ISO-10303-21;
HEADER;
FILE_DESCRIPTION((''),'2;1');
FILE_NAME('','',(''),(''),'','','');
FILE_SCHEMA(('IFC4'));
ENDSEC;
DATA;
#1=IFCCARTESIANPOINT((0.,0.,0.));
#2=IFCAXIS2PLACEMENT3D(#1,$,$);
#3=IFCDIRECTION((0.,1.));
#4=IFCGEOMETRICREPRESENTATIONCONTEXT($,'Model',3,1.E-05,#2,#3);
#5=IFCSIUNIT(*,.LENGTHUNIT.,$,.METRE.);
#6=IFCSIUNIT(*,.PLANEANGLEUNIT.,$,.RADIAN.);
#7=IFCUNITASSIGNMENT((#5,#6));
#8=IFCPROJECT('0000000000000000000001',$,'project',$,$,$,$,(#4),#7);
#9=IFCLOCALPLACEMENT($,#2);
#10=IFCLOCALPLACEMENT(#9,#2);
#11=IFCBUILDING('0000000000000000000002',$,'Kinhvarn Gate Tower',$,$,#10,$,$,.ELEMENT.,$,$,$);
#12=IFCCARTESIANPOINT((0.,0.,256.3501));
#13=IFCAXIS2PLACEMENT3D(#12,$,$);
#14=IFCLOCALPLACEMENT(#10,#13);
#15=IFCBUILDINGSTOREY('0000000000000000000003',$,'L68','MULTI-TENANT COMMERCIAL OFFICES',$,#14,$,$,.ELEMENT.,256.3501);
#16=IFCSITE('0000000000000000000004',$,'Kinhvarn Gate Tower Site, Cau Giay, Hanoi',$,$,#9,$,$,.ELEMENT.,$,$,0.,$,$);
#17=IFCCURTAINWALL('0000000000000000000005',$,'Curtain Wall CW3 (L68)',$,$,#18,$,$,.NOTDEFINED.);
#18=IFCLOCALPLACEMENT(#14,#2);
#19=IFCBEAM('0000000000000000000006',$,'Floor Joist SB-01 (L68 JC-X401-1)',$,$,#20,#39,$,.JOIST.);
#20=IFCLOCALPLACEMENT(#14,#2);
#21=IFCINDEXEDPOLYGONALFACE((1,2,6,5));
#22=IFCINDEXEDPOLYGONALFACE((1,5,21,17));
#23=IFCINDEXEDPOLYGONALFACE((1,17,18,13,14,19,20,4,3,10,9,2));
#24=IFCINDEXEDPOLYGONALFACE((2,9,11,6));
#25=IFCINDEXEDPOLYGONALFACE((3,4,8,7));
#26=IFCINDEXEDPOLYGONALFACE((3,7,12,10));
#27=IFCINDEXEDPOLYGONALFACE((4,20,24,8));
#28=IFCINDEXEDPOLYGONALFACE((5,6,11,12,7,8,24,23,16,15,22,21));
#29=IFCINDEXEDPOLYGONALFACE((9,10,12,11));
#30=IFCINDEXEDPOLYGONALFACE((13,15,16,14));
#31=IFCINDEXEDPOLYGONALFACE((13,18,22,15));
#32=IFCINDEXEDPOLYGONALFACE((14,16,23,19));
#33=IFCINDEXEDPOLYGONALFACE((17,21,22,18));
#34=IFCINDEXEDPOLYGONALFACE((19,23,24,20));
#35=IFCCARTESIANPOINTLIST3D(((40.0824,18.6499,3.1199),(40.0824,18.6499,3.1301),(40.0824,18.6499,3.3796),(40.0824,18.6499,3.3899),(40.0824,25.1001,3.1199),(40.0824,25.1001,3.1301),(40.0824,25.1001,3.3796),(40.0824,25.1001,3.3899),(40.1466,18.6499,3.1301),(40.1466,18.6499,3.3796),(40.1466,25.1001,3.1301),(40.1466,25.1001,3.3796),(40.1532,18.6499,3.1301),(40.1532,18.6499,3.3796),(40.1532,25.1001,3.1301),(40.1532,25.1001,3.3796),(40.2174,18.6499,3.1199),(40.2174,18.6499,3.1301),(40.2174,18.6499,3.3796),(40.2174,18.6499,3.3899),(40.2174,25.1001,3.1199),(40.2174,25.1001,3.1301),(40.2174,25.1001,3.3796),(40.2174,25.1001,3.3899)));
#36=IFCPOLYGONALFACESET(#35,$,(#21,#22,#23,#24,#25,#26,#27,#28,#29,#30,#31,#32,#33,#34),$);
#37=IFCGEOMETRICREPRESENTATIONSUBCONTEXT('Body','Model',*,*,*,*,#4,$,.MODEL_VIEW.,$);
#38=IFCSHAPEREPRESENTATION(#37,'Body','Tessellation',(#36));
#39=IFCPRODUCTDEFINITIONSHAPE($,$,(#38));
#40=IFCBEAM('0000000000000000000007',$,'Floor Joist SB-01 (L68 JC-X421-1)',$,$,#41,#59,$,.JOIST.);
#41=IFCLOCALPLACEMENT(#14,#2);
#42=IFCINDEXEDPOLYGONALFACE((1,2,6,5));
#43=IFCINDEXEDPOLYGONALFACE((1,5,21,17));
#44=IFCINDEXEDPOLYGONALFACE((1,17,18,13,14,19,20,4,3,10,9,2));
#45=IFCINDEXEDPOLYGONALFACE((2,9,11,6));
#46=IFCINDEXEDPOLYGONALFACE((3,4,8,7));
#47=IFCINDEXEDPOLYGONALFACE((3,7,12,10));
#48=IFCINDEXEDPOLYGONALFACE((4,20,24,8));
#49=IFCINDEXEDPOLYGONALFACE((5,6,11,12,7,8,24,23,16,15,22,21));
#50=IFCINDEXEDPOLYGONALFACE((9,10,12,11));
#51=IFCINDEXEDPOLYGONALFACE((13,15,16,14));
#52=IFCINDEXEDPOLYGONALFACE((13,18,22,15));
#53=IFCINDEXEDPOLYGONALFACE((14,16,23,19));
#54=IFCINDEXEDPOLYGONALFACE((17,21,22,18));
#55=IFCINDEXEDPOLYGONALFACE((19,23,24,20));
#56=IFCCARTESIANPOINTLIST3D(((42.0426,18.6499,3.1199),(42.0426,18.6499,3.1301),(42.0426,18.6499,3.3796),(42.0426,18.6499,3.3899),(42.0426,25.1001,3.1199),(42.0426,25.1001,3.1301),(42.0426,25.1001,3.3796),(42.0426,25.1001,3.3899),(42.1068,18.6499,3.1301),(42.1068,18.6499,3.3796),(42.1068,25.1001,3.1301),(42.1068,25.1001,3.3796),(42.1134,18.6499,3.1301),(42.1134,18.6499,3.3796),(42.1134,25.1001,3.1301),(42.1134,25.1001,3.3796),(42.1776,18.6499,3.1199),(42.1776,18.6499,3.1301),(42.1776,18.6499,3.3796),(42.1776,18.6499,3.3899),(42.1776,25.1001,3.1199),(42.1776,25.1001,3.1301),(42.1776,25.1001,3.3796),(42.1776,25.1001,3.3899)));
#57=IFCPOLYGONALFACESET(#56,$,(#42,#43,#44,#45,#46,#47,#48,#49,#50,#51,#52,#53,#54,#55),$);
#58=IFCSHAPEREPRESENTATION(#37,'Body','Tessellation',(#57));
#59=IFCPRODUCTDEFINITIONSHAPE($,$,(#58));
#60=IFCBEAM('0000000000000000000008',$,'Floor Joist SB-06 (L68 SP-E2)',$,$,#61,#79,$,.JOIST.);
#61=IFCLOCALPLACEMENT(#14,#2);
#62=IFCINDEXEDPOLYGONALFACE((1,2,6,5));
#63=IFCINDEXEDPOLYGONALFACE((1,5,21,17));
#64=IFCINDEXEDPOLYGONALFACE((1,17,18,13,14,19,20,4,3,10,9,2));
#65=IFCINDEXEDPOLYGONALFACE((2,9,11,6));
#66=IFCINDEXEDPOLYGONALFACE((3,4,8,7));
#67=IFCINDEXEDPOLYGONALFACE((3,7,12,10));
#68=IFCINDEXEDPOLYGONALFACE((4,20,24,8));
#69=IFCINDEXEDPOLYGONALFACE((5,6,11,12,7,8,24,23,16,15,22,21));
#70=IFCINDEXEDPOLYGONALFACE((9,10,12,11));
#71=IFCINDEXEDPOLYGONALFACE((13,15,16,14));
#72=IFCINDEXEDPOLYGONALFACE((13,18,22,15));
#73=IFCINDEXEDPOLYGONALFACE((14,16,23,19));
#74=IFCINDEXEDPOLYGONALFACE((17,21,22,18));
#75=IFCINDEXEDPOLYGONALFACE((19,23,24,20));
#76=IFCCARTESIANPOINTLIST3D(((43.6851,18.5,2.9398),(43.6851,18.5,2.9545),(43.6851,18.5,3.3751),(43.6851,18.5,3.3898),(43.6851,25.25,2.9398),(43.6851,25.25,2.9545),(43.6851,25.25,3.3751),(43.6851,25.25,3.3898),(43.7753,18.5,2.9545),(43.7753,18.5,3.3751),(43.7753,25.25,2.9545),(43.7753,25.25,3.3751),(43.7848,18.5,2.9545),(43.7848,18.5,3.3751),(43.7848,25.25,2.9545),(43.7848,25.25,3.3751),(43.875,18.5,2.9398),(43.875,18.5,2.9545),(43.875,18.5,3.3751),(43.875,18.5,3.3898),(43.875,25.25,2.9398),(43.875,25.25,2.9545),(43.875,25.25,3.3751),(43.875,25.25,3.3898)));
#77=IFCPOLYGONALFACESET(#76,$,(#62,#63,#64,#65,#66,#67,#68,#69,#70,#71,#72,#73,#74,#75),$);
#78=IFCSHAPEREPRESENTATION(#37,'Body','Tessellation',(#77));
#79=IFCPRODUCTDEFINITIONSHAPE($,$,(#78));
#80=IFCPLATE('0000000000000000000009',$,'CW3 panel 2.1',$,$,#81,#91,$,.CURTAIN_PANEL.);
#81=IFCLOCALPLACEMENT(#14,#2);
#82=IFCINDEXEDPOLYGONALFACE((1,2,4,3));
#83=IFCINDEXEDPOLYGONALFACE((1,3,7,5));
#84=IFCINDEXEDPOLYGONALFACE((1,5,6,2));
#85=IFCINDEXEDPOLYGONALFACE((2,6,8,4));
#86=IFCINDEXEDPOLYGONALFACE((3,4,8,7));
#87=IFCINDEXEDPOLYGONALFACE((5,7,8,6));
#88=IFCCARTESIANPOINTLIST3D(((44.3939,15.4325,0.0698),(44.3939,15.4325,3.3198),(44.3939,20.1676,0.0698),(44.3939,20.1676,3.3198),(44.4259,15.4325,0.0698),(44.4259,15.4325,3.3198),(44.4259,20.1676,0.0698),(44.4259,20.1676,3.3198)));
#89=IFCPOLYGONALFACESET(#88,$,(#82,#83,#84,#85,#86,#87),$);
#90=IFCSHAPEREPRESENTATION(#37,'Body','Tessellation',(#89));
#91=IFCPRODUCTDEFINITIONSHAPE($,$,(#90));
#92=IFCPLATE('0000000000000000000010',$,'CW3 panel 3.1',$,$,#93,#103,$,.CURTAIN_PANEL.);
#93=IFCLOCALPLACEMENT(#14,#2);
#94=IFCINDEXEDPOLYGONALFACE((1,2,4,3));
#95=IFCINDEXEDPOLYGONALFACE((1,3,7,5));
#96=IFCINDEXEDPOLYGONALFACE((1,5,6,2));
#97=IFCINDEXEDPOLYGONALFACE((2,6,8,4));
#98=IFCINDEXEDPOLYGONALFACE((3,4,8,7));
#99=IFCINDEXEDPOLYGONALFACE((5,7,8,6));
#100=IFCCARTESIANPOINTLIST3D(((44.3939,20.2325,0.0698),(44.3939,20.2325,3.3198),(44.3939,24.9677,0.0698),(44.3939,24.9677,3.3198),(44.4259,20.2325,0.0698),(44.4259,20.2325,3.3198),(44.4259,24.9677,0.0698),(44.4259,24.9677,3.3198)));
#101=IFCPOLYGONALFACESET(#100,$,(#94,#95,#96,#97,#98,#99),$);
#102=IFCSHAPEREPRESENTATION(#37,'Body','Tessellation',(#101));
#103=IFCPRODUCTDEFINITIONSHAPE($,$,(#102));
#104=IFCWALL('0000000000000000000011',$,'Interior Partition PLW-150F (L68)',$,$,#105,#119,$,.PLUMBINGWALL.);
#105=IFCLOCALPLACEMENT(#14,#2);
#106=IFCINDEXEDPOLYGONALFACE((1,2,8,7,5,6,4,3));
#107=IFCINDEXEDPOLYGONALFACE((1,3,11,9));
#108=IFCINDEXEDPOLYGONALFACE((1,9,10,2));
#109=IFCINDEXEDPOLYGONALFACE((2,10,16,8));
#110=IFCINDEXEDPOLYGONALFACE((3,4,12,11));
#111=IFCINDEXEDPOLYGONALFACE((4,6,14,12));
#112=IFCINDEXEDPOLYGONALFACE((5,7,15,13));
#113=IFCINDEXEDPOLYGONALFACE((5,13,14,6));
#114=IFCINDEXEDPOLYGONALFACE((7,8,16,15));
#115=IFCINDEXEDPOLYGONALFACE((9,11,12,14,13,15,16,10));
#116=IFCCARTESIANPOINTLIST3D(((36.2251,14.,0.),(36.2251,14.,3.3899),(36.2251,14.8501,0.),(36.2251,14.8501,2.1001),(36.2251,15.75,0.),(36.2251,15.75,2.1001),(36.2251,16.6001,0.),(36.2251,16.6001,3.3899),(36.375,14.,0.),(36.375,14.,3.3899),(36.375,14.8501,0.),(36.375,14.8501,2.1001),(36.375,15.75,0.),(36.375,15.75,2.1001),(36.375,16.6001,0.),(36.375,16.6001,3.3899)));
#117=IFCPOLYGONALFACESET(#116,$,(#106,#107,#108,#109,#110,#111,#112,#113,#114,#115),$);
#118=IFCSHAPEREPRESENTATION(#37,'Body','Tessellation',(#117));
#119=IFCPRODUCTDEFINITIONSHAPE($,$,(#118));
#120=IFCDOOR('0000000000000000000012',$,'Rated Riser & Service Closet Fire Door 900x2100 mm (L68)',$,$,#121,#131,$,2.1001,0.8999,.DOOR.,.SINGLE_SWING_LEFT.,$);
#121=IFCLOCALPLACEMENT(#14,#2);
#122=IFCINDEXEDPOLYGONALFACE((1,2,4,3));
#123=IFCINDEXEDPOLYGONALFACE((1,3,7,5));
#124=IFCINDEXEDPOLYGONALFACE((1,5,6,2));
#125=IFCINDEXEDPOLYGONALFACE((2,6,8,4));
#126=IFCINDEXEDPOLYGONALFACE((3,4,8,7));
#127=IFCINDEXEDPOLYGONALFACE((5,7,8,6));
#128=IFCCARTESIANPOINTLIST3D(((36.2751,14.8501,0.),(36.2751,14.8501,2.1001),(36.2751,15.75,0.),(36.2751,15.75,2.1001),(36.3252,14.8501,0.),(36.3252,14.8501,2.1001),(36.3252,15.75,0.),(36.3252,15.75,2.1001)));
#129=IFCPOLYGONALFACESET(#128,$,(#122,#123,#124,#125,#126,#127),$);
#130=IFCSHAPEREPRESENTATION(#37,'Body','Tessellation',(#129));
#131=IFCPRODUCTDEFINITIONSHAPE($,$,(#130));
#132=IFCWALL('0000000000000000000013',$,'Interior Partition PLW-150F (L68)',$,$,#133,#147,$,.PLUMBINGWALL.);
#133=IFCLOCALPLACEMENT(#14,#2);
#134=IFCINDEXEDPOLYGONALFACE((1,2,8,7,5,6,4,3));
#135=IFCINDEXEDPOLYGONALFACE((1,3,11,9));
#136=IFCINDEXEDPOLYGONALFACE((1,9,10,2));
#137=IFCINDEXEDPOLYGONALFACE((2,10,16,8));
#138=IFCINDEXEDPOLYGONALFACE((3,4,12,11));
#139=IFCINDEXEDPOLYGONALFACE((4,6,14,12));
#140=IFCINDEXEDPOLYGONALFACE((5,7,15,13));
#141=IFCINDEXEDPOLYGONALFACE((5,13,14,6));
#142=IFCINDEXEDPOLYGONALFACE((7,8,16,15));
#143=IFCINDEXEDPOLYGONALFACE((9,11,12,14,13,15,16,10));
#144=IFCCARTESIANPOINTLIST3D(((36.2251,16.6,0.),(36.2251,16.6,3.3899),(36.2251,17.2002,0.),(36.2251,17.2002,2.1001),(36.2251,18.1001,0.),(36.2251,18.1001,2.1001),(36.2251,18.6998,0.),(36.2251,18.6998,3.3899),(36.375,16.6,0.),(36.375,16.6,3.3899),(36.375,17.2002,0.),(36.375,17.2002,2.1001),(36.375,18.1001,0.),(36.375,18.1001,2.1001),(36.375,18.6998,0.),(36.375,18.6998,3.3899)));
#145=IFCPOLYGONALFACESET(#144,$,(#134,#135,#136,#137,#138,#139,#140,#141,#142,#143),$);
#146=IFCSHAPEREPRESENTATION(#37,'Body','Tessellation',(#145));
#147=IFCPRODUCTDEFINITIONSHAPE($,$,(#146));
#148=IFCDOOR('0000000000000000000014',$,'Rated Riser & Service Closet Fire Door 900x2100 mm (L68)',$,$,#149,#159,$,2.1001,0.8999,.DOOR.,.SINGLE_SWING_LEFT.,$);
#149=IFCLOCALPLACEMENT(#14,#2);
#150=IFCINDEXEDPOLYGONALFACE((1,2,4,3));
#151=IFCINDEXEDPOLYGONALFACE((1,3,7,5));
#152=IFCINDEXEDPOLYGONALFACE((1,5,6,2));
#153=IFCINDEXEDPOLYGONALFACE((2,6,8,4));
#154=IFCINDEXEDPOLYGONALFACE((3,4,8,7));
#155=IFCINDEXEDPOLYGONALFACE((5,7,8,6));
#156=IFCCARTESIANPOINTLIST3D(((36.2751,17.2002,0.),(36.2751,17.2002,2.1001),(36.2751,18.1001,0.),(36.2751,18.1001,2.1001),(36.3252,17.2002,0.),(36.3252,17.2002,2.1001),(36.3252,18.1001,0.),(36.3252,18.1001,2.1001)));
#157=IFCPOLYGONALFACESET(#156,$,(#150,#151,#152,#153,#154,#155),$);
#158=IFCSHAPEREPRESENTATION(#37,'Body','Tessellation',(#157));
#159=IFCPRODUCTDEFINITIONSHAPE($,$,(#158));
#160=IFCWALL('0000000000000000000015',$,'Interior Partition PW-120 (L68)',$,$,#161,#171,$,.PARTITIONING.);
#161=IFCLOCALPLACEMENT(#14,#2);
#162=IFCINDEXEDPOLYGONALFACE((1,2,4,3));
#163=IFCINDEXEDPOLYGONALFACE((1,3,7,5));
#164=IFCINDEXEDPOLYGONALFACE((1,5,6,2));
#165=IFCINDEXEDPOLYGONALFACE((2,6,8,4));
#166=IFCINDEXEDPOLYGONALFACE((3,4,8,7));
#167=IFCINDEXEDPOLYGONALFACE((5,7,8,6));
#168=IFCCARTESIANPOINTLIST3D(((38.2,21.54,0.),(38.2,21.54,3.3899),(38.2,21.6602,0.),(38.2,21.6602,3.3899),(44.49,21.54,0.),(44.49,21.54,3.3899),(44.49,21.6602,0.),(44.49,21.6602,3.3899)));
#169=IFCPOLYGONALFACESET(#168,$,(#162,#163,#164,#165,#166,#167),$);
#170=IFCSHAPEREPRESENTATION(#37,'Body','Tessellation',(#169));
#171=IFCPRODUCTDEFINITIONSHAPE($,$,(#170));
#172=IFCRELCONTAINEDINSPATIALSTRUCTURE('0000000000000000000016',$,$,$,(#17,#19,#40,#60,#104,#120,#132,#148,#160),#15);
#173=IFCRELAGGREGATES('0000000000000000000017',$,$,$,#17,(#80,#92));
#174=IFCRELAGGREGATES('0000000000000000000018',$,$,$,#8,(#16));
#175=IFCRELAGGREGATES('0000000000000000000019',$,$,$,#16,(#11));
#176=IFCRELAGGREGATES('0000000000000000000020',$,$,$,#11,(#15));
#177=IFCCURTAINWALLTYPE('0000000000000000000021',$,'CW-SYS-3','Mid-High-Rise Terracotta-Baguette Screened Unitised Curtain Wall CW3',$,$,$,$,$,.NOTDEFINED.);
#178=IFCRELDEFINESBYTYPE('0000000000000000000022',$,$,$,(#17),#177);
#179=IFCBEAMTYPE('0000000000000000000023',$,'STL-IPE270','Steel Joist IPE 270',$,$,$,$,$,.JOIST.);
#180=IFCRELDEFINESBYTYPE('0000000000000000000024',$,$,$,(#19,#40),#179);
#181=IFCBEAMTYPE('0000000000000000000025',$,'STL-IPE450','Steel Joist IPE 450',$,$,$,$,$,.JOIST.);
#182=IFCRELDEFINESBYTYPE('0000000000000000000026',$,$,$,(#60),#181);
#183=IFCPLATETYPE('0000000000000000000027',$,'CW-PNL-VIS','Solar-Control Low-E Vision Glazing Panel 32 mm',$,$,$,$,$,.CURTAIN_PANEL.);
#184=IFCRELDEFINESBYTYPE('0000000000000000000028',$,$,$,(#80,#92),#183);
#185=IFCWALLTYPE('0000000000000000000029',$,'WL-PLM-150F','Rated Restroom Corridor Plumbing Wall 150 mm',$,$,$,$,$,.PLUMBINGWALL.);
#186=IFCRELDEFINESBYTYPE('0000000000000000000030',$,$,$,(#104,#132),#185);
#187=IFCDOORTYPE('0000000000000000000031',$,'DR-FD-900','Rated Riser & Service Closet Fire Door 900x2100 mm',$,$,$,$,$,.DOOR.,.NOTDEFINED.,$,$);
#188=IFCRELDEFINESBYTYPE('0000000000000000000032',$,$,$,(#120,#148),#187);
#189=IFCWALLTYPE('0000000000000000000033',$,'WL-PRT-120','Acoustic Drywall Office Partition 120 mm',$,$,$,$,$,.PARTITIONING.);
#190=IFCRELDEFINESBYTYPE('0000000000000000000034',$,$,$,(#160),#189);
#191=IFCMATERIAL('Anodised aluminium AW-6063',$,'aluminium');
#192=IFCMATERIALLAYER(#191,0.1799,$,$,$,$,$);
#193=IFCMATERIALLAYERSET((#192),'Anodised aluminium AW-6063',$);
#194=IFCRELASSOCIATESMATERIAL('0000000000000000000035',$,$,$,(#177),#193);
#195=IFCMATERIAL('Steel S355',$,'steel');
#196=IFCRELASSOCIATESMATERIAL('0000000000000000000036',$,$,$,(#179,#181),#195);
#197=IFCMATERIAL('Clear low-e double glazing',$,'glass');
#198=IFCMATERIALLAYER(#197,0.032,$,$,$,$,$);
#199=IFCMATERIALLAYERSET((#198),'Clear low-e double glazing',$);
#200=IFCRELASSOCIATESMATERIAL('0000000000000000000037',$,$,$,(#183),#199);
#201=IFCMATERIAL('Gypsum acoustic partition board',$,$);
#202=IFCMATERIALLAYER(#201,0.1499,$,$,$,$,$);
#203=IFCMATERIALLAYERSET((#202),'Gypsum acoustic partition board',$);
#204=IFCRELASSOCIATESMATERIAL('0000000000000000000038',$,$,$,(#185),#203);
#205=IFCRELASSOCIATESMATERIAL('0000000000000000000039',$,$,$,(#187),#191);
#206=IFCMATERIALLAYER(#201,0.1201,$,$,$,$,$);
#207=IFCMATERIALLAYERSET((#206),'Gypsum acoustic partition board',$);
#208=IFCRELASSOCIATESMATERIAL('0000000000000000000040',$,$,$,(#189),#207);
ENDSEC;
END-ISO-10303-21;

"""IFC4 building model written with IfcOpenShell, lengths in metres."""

from ifc_helpers import new_model, si_unit, direction, frame, frame_2d, origin, origin_2d, place, context, subcontext, project, spatial, rectangle, i_section, extrude, material, layer, layer_set, material_profile, profile_set, type_object, element, fill, aggregate, save


model = new_model("IFC4")

# Units and contexts
model_context = context("Model", 3, precision=1e-05, world=origin(), true_north=direction((0.0, 1.0)))
body_context = subcontext(model_context, "Body", "Model", "MODEL_VIEW")
ifc_project = project(units=[si_unit("LENGTHUNIT", "METRE"), si_unit("PLANEANGLEUNIT", "RADIAN")], contexts=[model_context])

# Site, building, storey
site_placement = place(None, origin())
site = spatial("IfcSite", under=ifc_project, at=site_placement, Name="Kinhvarn Gate Tower Site, Cau Giay, Hanoi", CompositionType="ELEMENT", RefElevation=0.0)
building_placement = place(site_placement, origin())
building = spatial("IfcBuilding", under=site, at=building_placement, Name="Kinhvarn Gate Tower", CompositionType="ELEMENT")
storey_placement = place(building_placement, frame((0.0, 0.0, 256.3501)))
storey = spatial("IfcBuildingStorey", under=building, at=storey_placement, Name="L68", Description="MULTI-TENANT COMMERCIAL OFFICES", CompositionType="ELEMENT", Elevation=256.3501)

# Curtain wall
ifc_material_1 = material(Name="Anodised aluminium AW-6063", Category="aluminium")
ifc_layer_1 = layer(ifc_material_1, 0.1799)
ifc_layer_set_1 = layer_set([ifc_layer_1], Name="Anodised aluminium AW-6063")
curtain_wall_type = type_object("IfcCurtainWallType", Name="CW-SYS-3", Description="Mid-High-Rise Terracotta-Baguette Screened Unitised Curtain Wall CW3", PredefinedType="NOTDEFINED", material=ifc_layer_set_1)
curtain_wall_placement = place(storey_placement, origin())
curtain_wall = element("IfcCurtainWall", 1, at=curtain_wall_placement, inside=storey, type_object=curtain_wall_type, Name="Curtain Wall CW3 (L68)", PredefinedType="NOTDEFINED")

# Beams
ifc_material_2 = material(Name="Steel S355", Category="steel")
ifc_material_profile_1 = material_profile(ifc_material_2, i_section(OverallWidth=0.135, OverallDepth=0.27, WebThickness=0.0066, FlangeThickness=0.0103, at=origin_2d()), Name="IPE 270")
ifc_profile_set_1 = profile_set([ifc_material_profile_1], Name="Steel S355")
beam_type_1 = type_object("IfcBeamType", Name="STL-IPE270", Description="Steel Joist IPE 270", PredefinedType="JOIST", material=ifc_profile_set_1)
for number, where, z_axis, x_axis, name in (
    (2, (40.1499, 18.6499, 3.2549), (0.0, 1.0, 0.0), (-1.0, 0.0, 0.0), "Floor Joist SB-01 (L68 JC-X401-1)"),
    (3, (42.1101, 18.6499, 3.2549), (0.0, 1.0, 0.0), (-1.0, 0.0, 0.0), "Floor Joist SB-01 (L68 JC-X421-1)"),
):
    element("IfcBeam", number, at=place(storey_placement, frame(where, z_axis=z_axis, x_axis=x_axis)), inside=storey, type_object=beam_type_1, Name=name, PredefinedType="JOIST", context=body_context, shape_type="SweptSolid", body=[
        extrude(i_section(OverallWidth=0.135, OverallDepth=0.27, WebThickness=0.0066, FlangeThickness=0.0103, at=origin_2d()), origin(), (0.0, 0.0, 1.0), 6.4502),
    ])
ifc_material_profile_2 = material_profile(ifc_material_2, i_section(OverallWidth=0.1899, OverallDepth=0.45, WebThickness=0.0095, FlangeThickness=0.0146, at=origin_2d()), Name="IPE 450")
ifc_profile_set_2 = profile_set([ifc_material_profile_2], Name="Steel S355")
beam_type_2 = type_object("IfcBeamType", Name="STL-IPE450", Description="Steel Joist IPE 450", PredefinedType="JOIST", material=ifc_profile_set_2)
beam_1_placement = place(storey_placement, frame((43.78, 18.5, 3.1648), z_axis=(0.0, 1.0, 0.0), x_axis=(-1.0, 0.0, 0.0)))
element("IfcBeam", 4, at=beam_1_placement, inside=storey, type_object=beam_type_2, Name="Floor Joist SB-06 (L68 SP-E2)", PredefinedType="JOIST", context=body_context, shape_type="SweptSolid", body=[
    extrude(i_section(OverallWidth=0.1899, OverallDepth=0.45, WebThickness=0.0095, FlangeThickness=0.0146, at=origin_2d()), origin(), (0.0, 0.0, 1.0), 6.75),
])

# Plates
ifc_material_3 = material(Name="Clear low-e double glazing", Category="glass")
ifc_layer_2 = layer(ifc_material_3, 0.032)
ifc_layer_set_2 = layer_set([ifc_layer_2], Name="Clear low-e double glazing")
plate_type = type_object("IfcPlateType", Name="CW-PNL-VIS", Description="Solar-Control Low-E Vision Glazing Panel 32 mm", PredefinedType="CURTAIN_PANEL", material=ifc_layer_set_2)
plate_1_placement = place(storey_placement, frame((44.4099, 17.8, 0.0698), z_axis=(0.0, 0.0, 1.0), x_axis=(0.0, 1.0, 0.0)))
plate_1 = element("IfcPlate", 5, at=plate_1_placement, type_object=plate_type, Name="CW3 panel 2.1", PredefinedType="CURTAIN_PANEL", context=body_context, shape_type="SweptSolid", body=[
    extrude(rectangle(XDim=4.7351, YDim=0.032, at=origin_2d()), origin(), (0.0, 0.0, 1.0), 3.25),
])
plate_2_placement = place(storey_placement, frame((44.4099, 22.6001, 0.0698), z_axis=(0.0, 0.0, 1.0), x_axis=(0.0, 1.0, 0.0)))
plate_2 = element("IfcPlate", 6, at=plate_2_placement, type_object=plate_type, Name="CW3 panel 3.1", PredefinedType="CURTAIN_PANEL", context=body_context, shape_type="SweptSolid", body=[
    extrude(rectangle(XDim=4.7351, YDim=0.032, at=origin_2d()), origin(), (0.0, 0.0, 1.0), 3.25),
])
aggregate(curtain_wall, [plate_1, plate_2])

# Walls, openings, doors
ifc_material_4 = material(Name="Gypsum acoustic partition board")
ifc_layer_3 = layer(ifc_material_4, 0.1499)
ifc_layer_set_3 = layer_set([ifc_layer_3], Name="Gypsum acoustic partition board")
wall_type_1 = type_object("IfcWallType", Name="WL-PLM-150F", Description="Rated Restroom Corridor Plumbing Wall 150 mm", PredefinedType="PLUMBINGWALL", material=ifc_layer_set_3)
wall_1_placement = place(storey_placement, frame((36.3, 14.0, 0.0), z_axis=(0.0, 0.0, 1.0), x_axis=(0.0, 1.0, 0.0)))
wall_1 = element("IfcWall", 7, at=wall_1_placement, inside=storey, type_object=wall_type_1, Name="Interior Partition PLW-150F (L68)", PredefinedType="PLUMBINGWALL", context=body_context, shape_type="SweptSolid", body=[
    extrude(rectangle(XDim=2.6001, YDim=0.1499, at=frame_2d((1.3, 0.0))), origin(), (0.0, 0.0, 1.0), 3.3899),
])
opening_1_placement = place(wall_1_placement, frame((0.8501, 0.0, 0.0)))
opening_1 = element("IfcOpeningElement", 8, at=opening_1_placement, cuts=wall_1, PredefinedType="OPENING", context=body_context, shape_type="SweptSolid", body=[
    extrude(rectangle(XDim=0.8999, YDim=2.1001, at=frame_2d((0.45, 1.05))), frame((0.0, 0.085, 0.0), z_axis=(0.0, -1.0, 0.0), x_axis=(1.0, 0.0, 0.0)), (0.0, 0.0, 1.0), 0.1699),
])
door_type_1 = type_object("IfcDoorType", Name="DR-FD-900", Description="Rated Riser & Service Closet Fire Door 900x2100 mm", OperationType="NOTDEFINED", PredefinedType="DOOR", material=ifc_material_1)
door_1_placement = place(opening_1_placement, origin())
door_1 = element("IfcDoor", 9, at=door_1_placement, inside=storey, type_object=door_type_1, Name="Rated Riser & Service Closet Fire Door 900x2100 mm (L68)", OperationType="SINGLE_SWING_LEFT", OverallHeight=2.1001, OverallWidth=0.8999, PredefinedType="DOOR", context=body_context, shape_type="SweptSolid", body=[
    extrude(rectangle(XDim=0.8999, YDim=2.1001, at=frame_2d((0.45, 1.05))), frame((0.0, 0.0249, 0.0), z_axis=(0.0, -1.0, 0.0), x_axis=(1.0, 0.0, 0.0)), (0.0, 0.0, 1.0), 0.05),
])
fill(opening_1, door_1)
wall_2_placement = place(storey_placement, frame((36.3, 16.6001, 0.0), z_axis=(0.0, 0.0, 1.0), x_axis=(0.0, 1.0, 0.0)))
wall_2 = element("IfcWall", 10, at=wall_2_placement, inside=storey, type_object=wall_type_1, Name="Interior Partition PLW-150F (L68)", PredefinedType="PLUMBINGWALL", context=body_context, shape_type="SweptSolid", body=[
    extrude(rectangle(XDim=2.0999, YDim=0.1499, at=frame_2d((1.0498, 0.0))), origin(), (0.0, 0.0, 1.0), 3.3899),
])
opening_2_placement = place(wall_2_placement, frame((0.6001, 0.0, 0.0)))
opening_2 = element("IfcOpeningElement", 11, at=opening_2_placement, cuts=wall_2, PredefinedType="OPENING", context=body_context, shape_type="SweptSolid", body=[
    extrude(rectangle(XDim=0.8999, YDim=2.1001, at=frame_2d((0.45, 1.05))), frame((0.0, 0.085, 0.0), z_axis=(0.0, -1.0, 0.0), x_axis=(1.0, 0.0, 0.0)), (0.0, 0.0, 1.0), 0.1699),
])
door_2_placement = place(opening_2_placement, origin())
door_2 = element("IfcDoor", 12, at=door_2_placement, inside=storey, type_object=door_type_1, Name="Rated Riser & Service Closet Fire Door 900x2100 mm (L68)", OperationType="SINGLE_SWING_LEFT", OverallHeight=2.1001, OverallWidth=0.8999, PredefinedType="DOOR", context=body_context, shape_type="SweptSolid", body=[
    extrude(rectangle(XDim=0.8999, YDim=2.1001, at=frame_2d((0.45, 1.05))), frame((0.0, 0.0249, 0.0), z_axis=(0.0, -1.0, 0.0), x_axis=(1.0, 0.0, 0.0)), (0.0, 0.0, 1.0), 0.05),
])
fill(opening_2, door_2)

# Wall
ifc_layer_4 = layer(ifc_material_4, 0.1201)
ifc_layer_set_4 = layer_set([ifc_layer_4], Name="Gypsum acoustic partition board")
wall_type_2 = type_object("IfcWallType", Name="WL-PRT-120", Description="Acoustic Drywall Office Partition 120 mm", PredefinedType="PARTITIONING", material=ifc_layer_set_4)
wall_3_placement = place(storey_placement, frame((38.2, 21.6001, 0.0), z_axis=(0.0, 0.0, 1.0), x_axis=(1.0, 0.0, 0.0)))
element("IfcWall", 13, at=wall_3_placement, inside=storey, type_object=wall_type_2, Name="Interior Partition PW-120 (L68)", PredefinedType="PARTITIONING", context=body_context, shape_type="SweptSolid", body=[
    extrude(rectangle(XDim=6.29, YDim=0.1201, at=frame_2d((3.145, 0.0))), origin(), (0.0, 0.0, 1.0), 3.3899),
])

save(model, "model.ifc")
